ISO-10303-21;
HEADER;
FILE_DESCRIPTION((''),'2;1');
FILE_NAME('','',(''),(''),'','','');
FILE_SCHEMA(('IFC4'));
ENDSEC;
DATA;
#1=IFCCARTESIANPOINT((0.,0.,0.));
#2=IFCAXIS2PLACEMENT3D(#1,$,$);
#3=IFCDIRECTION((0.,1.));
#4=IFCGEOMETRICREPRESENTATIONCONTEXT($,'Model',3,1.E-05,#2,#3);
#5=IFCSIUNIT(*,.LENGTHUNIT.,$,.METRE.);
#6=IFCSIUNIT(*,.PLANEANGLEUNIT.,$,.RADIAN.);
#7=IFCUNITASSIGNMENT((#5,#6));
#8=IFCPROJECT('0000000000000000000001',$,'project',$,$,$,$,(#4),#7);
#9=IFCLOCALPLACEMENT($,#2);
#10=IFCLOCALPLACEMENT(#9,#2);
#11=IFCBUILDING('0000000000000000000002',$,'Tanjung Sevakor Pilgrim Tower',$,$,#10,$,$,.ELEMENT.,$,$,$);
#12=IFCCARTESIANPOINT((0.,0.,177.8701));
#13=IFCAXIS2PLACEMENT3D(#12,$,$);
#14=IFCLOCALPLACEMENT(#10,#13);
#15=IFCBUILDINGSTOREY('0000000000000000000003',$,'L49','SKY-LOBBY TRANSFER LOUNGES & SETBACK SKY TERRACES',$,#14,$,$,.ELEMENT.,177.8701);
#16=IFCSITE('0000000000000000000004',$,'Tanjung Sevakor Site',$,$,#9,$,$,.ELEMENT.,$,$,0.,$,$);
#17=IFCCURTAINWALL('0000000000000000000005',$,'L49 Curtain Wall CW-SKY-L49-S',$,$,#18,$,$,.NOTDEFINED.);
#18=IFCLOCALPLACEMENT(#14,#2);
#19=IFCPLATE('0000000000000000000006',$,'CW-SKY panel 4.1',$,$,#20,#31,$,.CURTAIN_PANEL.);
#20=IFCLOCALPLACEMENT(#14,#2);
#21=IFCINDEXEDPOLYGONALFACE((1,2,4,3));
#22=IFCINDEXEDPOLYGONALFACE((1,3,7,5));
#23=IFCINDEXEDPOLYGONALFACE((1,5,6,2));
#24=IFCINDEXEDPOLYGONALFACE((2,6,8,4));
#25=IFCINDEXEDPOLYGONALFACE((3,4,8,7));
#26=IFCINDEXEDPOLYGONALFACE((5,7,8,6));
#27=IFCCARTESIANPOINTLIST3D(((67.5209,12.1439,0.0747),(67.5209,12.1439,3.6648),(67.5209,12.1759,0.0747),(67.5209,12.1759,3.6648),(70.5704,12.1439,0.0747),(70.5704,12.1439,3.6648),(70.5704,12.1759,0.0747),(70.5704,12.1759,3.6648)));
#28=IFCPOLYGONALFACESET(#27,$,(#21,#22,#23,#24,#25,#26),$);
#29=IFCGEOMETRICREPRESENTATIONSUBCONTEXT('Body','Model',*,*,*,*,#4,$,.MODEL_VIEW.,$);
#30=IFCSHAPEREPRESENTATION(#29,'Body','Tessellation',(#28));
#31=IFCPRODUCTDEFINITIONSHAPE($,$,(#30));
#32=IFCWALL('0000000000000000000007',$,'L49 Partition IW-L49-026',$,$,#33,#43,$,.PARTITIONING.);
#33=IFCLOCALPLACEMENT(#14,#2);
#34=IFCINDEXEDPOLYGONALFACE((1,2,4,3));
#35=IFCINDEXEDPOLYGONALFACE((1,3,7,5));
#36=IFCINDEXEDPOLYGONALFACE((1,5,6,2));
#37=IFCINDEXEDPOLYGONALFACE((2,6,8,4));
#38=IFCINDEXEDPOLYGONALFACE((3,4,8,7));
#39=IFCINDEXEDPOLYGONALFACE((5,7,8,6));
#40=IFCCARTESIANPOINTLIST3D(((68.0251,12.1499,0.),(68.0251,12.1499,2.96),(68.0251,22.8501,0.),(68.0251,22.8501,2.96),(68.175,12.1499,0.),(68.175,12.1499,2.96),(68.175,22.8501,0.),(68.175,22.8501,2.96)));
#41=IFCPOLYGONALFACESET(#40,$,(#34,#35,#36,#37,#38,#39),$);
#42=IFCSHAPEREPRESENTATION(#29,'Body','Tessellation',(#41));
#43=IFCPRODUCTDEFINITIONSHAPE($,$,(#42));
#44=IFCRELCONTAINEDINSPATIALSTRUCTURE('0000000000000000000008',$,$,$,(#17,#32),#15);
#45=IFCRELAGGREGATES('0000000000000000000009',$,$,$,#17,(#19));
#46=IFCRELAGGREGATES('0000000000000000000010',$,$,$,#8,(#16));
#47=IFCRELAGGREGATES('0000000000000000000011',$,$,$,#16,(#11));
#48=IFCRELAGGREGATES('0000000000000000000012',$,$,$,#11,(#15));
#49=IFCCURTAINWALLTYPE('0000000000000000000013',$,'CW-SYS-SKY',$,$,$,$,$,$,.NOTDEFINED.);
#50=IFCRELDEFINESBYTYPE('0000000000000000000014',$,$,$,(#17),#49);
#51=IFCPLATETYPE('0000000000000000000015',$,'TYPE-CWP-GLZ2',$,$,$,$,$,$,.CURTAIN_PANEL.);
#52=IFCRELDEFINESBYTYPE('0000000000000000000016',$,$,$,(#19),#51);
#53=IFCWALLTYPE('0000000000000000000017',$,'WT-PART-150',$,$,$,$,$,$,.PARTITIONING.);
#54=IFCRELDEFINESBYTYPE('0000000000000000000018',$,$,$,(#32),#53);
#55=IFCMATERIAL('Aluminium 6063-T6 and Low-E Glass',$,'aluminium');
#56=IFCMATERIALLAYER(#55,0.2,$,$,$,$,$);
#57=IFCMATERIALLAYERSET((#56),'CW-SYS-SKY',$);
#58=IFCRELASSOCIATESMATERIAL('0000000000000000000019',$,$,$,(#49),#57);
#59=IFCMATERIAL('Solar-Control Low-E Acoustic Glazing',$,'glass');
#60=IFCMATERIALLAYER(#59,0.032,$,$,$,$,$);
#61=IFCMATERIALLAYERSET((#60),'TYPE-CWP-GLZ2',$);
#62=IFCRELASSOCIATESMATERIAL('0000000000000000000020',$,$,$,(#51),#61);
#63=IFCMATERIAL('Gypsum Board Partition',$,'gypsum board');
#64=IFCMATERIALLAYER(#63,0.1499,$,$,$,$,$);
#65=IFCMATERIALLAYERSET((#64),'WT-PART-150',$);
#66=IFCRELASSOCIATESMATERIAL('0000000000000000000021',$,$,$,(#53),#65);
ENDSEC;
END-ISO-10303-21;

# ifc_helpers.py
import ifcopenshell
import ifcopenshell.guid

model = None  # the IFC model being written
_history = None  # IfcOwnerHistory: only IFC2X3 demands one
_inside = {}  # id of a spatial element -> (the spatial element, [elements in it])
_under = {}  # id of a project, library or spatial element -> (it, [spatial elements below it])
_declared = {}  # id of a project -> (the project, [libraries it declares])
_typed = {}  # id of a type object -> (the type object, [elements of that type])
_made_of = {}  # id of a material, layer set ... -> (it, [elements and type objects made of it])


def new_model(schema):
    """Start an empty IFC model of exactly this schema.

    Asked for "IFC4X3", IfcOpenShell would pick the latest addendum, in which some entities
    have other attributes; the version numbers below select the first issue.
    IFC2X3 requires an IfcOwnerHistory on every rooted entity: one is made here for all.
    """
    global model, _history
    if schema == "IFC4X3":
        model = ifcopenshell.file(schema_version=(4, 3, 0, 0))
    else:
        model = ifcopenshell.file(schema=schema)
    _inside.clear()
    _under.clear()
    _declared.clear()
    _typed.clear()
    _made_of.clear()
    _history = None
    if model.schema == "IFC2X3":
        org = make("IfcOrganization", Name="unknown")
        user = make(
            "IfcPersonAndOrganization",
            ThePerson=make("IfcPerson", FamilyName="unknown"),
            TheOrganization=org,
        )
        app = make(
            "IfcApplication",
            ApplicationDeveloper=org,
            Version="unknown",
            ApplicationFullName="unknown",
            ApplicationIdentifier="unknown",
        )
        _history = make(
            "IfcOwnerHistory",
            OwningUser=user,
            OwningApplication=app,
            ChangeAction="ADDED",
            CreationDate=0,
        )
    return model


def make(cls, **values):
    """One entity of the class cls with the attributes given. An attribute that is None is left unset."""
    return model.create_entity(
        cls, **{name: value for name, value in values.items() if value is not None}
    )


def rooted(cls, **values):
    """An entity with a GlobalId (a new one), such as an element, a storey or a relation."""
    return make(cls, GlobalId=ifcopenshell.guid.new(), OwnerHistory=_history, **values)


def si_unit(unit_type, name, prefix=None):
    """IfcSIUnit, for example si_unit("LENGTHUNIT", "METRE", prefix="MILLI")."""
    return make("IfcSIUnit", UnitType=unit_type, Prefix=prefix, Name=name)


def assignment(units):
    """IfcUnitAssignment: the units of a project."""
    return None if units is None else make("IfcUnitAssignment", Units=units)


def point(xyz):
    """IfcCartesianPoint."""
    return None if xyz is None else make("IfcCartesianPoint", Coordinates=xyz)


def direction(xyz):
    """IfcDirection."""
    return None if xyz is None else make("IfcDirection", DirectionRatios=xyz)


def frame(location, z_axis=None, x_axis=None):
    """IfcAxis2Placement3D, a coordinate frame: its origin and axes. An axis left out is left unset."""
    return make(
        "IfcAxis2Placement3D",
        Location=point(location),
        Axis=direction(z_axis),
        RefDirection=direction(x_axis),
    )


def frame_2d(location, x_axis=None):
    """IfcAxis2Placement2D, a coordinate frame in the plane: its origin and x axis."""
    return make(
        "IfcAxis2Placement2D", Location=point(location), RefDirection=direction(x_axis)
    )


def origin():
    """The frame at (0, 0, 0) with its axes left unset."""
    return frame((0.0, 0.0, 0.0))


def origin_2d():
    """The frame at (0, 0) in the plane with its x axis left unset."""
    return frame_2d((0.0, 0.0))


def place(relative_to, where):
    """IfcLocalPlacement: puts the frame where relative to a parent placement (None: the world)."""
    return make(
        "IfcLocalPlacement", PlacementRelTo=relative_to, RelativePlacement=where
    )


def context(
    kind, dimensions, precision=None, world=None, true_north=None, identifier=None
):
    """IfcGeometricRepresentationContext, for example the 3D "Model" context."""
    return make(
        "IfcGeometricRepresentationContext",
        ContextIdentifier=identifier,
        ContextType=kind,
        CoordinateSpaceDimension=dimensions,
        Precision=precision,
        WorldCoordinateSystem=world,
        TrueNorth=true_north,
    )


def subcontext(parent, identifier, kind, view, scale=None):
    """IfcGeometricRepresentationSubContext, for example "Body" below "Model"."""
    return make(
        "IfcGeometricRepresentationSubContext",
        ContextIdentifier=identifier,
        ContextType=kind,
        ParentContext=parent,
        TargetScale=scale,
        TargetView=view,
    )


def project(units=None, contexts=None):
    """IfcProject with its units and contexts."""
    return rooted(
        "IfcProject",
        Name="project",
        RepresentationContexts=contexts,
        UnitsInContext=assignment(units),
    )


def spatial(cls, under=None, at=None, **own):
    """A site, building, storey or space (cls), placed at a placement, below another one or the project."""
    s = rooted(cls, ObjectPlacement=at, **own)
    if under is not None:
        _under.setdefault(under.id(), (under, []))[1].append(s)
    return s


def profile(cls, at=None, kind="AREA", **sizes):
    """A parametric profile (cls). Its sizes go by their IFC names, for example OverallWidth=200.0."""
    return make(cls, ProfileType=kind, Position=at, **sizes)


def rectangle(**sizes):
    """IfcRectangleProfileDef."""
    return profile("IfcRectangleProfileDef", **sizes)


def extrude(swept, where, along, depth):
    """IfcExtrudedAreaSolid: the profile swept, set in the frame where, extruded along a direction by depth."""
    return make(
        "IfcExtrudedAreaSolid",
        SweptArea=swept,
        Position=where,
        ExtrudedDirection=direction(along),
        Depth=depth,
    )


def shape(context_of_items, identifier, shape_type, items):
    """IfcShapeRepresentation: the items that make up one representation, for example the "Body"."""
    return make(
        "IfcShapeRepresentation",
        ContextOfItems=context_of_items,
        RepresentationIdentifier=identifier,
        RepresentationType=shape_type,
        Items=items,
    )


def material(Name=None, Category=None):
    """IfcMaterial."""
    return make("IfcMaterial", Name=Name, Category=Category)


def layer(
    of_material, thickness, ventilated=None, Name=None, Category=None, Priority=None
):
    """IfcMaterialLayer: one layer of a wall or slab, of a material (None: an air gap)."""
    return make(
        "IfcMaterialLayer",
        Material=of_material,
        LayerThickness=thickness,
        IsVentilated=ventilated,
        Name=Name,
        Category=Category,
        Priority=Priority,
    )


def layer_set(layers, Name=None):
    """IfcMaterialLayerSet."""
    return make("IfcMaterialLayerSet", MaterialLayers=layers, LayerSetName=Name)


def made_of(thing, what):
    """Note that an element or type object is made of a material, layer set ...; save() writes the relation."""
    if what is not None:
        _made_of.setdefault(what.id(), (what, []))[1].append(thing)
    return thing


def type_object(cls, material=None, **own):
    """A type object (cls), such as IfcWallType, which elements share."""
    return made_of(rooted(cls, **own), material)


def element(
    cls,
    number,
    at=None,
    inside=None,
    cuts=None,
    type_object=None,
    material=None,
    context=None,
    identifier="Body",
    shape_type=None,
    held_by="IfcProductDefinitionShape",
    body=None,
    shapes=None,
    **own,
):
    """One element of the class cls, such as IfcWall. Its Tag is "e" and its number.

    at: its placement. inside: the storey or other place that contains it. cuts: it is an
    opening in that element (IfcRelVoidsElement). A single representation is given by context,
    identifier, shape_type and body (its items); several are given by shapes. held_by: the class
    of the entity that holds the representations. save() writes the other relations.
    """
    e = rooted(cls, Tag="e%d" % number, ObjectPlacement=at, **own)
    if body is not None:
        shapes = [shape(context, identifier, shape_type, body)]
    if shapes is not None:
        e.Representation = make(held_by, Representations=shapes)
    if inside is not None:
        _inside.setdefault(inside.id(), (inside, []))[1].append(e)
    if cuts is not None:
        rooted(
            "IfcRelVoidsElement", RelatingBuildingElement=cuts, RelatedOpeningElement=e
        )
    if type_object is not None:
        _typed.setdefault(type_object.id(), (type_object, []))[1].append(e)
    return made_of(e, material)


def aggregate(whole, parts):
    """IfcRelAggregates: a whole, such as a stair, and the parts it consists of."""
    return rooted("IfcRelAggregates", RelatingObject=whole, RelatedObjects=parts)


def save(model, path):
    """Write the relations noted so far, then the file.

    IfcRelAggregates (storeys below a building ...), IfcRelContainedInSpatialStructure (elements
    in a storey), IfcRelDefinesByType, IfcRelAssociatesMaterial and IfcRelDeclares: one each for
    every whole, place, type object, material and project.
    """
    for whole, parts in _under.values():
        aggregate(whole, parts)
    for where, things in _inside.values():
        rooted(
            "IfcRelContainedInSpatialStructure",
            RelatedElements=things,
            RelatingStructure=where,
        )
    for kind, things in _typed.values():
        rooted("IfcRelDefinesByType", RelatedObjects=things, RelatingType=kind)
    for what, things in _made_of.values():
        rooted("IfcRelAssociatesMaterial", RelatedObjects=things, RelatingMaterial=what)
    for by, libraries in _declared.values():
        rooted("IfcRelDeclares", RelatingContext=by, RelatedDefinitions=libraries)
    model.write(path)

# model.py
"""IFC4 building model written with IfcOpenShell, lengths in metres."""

from ifc_helpers import new_model, si_unit, direction, frame, frame_2d, origin, origin_2d, place, context, subcontext, project, spatial, rectangle, extrude, material, layer, layer_set, type_object, element, aggregate, save


model = new_model("IFC4")

# Units and contexts
model_context = context("Model", 3, precision=1e-05, world=origin(), true_north=direction((0.0, 1.0)))
body_context = subcontext(model_context, "Body", "Model", "MODEL_VIEW")
ifc_project = project(units=[si_unit("LENGTHUNIT", "METRE"), si_unit("PLANEANGLEUNIT", "RADIAN")], contexts=[model_context])

# Site, building, storey
site_placement = place(None, origin())
site = spatial("IfcSite", under=ifc_project, at=site_placement, Name="Tanjung Sevakor Site", CompositionType="ELEMENT", RefElevation=0.0)
building_placement = place(site_placement, origin())
building = spatial("IfcBuilding", under=site, at=building_placement, Name="Tanjung Sevakor Pilgrim Tower", CompositionType="ELEMENT")
storey_placement = place(building_placement, frame((0.0, 0.0, 177.8701)))
storey = spatial("IfcBuildingStorey", under=building, at=storey_placement, Name="L49", Description="SKY-LOBBY TRANSFER LOUNGES & SETBACK SKY TERRACES", CompositionType="ELEMENT", Elevation=177.8701)

# Curtain wall, plate
ifc_material_1 = material(Name="Aluminium 6063-T6 and Low-E Glass", Category="aluminium")
ifc_layer_1 = layer(ifc_material_1, 0.2)
ifc_layer_set_1 = layer_set([ifc_layer_1], Name="CW-SYS-SKY")
curtain_wall_type = type_object("IfcCurtainWallType", Name="CW-SYS-SKY", PredefinedType="NOTDEFINED", material=ifc_layer_set_1)
curtain_wall_placement = place(storey_placement, origin())
curtain_wall = element("IfcCurtainWall", 1, at=curtain_wall_placement, inside=storey, type_object=curtain_wall_type, Name="L49 Curtain Wall CW-SKY-L49-S", PredefinedType="NOTDEFINED")
ifc_material_2 = material(Name="Solar-Control Low-E Acoustic Glazing", Category="glass")
ifc_layer_2 = layer(ifc_material_2, 0.032)
ifc_layer_set_2 = layer_set([ifc_layer_2], Name="TYPE-CWP-GLZ2")
plate_type = type_object("IfcPlateType", Name="TYPE-CWP-GLZ2", PredefinedType="CURTAIN_PANEL", material=ifc_layer_set_2)
plate_1_placement = place(storey_placement, frame((69.0457, 12.1599, 0.0747), z_axis=(0.0, 0.0, 1.0), x_axis=(1.0, 0.0, 0.0)))
plate_1 = element("IfcPlate", 2, at=plate_1_placement, type_object=plate_type, Name="CW-SKY panel 4.1", PredefinedType="CURTAIN_PANEL", context=body_context, shape_type="SweptSolid", body=[
    extrude(rectangle(XDim=3.0496, YDim=0.032, at=origin_2d()), origin(), (0.0, 0.0, 1.0), 3.5901),
])
aggregate(curtain_wall, [plate_1])

# Wall
ifc_material_3 = material(Name="Gypsum Board Partition", Category="gypsum board")
ifc_layer_3 = layer(ifc_material_3, 0.1499)
ifc_layer_set_3 = layer_set([ifc_layer_3], Name="WT-PART-150")
wall_type = type_object("IfcWallType", Name="WT-PART-150", PredefinedType="PARTITIONING", material=ifc_layer_set_3)
wall_placement = place(storey_placement, frame((68.1001, 12.1499, 0.0), z_axis=(0.0, 0.0, 1.0), x_axis=(0.0, 1.0, 0.0)))
element("IfcWall", 3, at=wall_placement, inside=storey, type_object=wall_type, Name="L49 Partition IW-L49-026", PredefinedType="PARTITIONING", context=body_context, shape_type="SweptSolid", body=[
    extrude(rectangle(XDim=10.7002, YDim=0.1499, at=frame_2d((5.3501, 0.0))), origin(), (0.0, 0.0, 1.0), 2.96),
])

save(model, "model.ifc")
